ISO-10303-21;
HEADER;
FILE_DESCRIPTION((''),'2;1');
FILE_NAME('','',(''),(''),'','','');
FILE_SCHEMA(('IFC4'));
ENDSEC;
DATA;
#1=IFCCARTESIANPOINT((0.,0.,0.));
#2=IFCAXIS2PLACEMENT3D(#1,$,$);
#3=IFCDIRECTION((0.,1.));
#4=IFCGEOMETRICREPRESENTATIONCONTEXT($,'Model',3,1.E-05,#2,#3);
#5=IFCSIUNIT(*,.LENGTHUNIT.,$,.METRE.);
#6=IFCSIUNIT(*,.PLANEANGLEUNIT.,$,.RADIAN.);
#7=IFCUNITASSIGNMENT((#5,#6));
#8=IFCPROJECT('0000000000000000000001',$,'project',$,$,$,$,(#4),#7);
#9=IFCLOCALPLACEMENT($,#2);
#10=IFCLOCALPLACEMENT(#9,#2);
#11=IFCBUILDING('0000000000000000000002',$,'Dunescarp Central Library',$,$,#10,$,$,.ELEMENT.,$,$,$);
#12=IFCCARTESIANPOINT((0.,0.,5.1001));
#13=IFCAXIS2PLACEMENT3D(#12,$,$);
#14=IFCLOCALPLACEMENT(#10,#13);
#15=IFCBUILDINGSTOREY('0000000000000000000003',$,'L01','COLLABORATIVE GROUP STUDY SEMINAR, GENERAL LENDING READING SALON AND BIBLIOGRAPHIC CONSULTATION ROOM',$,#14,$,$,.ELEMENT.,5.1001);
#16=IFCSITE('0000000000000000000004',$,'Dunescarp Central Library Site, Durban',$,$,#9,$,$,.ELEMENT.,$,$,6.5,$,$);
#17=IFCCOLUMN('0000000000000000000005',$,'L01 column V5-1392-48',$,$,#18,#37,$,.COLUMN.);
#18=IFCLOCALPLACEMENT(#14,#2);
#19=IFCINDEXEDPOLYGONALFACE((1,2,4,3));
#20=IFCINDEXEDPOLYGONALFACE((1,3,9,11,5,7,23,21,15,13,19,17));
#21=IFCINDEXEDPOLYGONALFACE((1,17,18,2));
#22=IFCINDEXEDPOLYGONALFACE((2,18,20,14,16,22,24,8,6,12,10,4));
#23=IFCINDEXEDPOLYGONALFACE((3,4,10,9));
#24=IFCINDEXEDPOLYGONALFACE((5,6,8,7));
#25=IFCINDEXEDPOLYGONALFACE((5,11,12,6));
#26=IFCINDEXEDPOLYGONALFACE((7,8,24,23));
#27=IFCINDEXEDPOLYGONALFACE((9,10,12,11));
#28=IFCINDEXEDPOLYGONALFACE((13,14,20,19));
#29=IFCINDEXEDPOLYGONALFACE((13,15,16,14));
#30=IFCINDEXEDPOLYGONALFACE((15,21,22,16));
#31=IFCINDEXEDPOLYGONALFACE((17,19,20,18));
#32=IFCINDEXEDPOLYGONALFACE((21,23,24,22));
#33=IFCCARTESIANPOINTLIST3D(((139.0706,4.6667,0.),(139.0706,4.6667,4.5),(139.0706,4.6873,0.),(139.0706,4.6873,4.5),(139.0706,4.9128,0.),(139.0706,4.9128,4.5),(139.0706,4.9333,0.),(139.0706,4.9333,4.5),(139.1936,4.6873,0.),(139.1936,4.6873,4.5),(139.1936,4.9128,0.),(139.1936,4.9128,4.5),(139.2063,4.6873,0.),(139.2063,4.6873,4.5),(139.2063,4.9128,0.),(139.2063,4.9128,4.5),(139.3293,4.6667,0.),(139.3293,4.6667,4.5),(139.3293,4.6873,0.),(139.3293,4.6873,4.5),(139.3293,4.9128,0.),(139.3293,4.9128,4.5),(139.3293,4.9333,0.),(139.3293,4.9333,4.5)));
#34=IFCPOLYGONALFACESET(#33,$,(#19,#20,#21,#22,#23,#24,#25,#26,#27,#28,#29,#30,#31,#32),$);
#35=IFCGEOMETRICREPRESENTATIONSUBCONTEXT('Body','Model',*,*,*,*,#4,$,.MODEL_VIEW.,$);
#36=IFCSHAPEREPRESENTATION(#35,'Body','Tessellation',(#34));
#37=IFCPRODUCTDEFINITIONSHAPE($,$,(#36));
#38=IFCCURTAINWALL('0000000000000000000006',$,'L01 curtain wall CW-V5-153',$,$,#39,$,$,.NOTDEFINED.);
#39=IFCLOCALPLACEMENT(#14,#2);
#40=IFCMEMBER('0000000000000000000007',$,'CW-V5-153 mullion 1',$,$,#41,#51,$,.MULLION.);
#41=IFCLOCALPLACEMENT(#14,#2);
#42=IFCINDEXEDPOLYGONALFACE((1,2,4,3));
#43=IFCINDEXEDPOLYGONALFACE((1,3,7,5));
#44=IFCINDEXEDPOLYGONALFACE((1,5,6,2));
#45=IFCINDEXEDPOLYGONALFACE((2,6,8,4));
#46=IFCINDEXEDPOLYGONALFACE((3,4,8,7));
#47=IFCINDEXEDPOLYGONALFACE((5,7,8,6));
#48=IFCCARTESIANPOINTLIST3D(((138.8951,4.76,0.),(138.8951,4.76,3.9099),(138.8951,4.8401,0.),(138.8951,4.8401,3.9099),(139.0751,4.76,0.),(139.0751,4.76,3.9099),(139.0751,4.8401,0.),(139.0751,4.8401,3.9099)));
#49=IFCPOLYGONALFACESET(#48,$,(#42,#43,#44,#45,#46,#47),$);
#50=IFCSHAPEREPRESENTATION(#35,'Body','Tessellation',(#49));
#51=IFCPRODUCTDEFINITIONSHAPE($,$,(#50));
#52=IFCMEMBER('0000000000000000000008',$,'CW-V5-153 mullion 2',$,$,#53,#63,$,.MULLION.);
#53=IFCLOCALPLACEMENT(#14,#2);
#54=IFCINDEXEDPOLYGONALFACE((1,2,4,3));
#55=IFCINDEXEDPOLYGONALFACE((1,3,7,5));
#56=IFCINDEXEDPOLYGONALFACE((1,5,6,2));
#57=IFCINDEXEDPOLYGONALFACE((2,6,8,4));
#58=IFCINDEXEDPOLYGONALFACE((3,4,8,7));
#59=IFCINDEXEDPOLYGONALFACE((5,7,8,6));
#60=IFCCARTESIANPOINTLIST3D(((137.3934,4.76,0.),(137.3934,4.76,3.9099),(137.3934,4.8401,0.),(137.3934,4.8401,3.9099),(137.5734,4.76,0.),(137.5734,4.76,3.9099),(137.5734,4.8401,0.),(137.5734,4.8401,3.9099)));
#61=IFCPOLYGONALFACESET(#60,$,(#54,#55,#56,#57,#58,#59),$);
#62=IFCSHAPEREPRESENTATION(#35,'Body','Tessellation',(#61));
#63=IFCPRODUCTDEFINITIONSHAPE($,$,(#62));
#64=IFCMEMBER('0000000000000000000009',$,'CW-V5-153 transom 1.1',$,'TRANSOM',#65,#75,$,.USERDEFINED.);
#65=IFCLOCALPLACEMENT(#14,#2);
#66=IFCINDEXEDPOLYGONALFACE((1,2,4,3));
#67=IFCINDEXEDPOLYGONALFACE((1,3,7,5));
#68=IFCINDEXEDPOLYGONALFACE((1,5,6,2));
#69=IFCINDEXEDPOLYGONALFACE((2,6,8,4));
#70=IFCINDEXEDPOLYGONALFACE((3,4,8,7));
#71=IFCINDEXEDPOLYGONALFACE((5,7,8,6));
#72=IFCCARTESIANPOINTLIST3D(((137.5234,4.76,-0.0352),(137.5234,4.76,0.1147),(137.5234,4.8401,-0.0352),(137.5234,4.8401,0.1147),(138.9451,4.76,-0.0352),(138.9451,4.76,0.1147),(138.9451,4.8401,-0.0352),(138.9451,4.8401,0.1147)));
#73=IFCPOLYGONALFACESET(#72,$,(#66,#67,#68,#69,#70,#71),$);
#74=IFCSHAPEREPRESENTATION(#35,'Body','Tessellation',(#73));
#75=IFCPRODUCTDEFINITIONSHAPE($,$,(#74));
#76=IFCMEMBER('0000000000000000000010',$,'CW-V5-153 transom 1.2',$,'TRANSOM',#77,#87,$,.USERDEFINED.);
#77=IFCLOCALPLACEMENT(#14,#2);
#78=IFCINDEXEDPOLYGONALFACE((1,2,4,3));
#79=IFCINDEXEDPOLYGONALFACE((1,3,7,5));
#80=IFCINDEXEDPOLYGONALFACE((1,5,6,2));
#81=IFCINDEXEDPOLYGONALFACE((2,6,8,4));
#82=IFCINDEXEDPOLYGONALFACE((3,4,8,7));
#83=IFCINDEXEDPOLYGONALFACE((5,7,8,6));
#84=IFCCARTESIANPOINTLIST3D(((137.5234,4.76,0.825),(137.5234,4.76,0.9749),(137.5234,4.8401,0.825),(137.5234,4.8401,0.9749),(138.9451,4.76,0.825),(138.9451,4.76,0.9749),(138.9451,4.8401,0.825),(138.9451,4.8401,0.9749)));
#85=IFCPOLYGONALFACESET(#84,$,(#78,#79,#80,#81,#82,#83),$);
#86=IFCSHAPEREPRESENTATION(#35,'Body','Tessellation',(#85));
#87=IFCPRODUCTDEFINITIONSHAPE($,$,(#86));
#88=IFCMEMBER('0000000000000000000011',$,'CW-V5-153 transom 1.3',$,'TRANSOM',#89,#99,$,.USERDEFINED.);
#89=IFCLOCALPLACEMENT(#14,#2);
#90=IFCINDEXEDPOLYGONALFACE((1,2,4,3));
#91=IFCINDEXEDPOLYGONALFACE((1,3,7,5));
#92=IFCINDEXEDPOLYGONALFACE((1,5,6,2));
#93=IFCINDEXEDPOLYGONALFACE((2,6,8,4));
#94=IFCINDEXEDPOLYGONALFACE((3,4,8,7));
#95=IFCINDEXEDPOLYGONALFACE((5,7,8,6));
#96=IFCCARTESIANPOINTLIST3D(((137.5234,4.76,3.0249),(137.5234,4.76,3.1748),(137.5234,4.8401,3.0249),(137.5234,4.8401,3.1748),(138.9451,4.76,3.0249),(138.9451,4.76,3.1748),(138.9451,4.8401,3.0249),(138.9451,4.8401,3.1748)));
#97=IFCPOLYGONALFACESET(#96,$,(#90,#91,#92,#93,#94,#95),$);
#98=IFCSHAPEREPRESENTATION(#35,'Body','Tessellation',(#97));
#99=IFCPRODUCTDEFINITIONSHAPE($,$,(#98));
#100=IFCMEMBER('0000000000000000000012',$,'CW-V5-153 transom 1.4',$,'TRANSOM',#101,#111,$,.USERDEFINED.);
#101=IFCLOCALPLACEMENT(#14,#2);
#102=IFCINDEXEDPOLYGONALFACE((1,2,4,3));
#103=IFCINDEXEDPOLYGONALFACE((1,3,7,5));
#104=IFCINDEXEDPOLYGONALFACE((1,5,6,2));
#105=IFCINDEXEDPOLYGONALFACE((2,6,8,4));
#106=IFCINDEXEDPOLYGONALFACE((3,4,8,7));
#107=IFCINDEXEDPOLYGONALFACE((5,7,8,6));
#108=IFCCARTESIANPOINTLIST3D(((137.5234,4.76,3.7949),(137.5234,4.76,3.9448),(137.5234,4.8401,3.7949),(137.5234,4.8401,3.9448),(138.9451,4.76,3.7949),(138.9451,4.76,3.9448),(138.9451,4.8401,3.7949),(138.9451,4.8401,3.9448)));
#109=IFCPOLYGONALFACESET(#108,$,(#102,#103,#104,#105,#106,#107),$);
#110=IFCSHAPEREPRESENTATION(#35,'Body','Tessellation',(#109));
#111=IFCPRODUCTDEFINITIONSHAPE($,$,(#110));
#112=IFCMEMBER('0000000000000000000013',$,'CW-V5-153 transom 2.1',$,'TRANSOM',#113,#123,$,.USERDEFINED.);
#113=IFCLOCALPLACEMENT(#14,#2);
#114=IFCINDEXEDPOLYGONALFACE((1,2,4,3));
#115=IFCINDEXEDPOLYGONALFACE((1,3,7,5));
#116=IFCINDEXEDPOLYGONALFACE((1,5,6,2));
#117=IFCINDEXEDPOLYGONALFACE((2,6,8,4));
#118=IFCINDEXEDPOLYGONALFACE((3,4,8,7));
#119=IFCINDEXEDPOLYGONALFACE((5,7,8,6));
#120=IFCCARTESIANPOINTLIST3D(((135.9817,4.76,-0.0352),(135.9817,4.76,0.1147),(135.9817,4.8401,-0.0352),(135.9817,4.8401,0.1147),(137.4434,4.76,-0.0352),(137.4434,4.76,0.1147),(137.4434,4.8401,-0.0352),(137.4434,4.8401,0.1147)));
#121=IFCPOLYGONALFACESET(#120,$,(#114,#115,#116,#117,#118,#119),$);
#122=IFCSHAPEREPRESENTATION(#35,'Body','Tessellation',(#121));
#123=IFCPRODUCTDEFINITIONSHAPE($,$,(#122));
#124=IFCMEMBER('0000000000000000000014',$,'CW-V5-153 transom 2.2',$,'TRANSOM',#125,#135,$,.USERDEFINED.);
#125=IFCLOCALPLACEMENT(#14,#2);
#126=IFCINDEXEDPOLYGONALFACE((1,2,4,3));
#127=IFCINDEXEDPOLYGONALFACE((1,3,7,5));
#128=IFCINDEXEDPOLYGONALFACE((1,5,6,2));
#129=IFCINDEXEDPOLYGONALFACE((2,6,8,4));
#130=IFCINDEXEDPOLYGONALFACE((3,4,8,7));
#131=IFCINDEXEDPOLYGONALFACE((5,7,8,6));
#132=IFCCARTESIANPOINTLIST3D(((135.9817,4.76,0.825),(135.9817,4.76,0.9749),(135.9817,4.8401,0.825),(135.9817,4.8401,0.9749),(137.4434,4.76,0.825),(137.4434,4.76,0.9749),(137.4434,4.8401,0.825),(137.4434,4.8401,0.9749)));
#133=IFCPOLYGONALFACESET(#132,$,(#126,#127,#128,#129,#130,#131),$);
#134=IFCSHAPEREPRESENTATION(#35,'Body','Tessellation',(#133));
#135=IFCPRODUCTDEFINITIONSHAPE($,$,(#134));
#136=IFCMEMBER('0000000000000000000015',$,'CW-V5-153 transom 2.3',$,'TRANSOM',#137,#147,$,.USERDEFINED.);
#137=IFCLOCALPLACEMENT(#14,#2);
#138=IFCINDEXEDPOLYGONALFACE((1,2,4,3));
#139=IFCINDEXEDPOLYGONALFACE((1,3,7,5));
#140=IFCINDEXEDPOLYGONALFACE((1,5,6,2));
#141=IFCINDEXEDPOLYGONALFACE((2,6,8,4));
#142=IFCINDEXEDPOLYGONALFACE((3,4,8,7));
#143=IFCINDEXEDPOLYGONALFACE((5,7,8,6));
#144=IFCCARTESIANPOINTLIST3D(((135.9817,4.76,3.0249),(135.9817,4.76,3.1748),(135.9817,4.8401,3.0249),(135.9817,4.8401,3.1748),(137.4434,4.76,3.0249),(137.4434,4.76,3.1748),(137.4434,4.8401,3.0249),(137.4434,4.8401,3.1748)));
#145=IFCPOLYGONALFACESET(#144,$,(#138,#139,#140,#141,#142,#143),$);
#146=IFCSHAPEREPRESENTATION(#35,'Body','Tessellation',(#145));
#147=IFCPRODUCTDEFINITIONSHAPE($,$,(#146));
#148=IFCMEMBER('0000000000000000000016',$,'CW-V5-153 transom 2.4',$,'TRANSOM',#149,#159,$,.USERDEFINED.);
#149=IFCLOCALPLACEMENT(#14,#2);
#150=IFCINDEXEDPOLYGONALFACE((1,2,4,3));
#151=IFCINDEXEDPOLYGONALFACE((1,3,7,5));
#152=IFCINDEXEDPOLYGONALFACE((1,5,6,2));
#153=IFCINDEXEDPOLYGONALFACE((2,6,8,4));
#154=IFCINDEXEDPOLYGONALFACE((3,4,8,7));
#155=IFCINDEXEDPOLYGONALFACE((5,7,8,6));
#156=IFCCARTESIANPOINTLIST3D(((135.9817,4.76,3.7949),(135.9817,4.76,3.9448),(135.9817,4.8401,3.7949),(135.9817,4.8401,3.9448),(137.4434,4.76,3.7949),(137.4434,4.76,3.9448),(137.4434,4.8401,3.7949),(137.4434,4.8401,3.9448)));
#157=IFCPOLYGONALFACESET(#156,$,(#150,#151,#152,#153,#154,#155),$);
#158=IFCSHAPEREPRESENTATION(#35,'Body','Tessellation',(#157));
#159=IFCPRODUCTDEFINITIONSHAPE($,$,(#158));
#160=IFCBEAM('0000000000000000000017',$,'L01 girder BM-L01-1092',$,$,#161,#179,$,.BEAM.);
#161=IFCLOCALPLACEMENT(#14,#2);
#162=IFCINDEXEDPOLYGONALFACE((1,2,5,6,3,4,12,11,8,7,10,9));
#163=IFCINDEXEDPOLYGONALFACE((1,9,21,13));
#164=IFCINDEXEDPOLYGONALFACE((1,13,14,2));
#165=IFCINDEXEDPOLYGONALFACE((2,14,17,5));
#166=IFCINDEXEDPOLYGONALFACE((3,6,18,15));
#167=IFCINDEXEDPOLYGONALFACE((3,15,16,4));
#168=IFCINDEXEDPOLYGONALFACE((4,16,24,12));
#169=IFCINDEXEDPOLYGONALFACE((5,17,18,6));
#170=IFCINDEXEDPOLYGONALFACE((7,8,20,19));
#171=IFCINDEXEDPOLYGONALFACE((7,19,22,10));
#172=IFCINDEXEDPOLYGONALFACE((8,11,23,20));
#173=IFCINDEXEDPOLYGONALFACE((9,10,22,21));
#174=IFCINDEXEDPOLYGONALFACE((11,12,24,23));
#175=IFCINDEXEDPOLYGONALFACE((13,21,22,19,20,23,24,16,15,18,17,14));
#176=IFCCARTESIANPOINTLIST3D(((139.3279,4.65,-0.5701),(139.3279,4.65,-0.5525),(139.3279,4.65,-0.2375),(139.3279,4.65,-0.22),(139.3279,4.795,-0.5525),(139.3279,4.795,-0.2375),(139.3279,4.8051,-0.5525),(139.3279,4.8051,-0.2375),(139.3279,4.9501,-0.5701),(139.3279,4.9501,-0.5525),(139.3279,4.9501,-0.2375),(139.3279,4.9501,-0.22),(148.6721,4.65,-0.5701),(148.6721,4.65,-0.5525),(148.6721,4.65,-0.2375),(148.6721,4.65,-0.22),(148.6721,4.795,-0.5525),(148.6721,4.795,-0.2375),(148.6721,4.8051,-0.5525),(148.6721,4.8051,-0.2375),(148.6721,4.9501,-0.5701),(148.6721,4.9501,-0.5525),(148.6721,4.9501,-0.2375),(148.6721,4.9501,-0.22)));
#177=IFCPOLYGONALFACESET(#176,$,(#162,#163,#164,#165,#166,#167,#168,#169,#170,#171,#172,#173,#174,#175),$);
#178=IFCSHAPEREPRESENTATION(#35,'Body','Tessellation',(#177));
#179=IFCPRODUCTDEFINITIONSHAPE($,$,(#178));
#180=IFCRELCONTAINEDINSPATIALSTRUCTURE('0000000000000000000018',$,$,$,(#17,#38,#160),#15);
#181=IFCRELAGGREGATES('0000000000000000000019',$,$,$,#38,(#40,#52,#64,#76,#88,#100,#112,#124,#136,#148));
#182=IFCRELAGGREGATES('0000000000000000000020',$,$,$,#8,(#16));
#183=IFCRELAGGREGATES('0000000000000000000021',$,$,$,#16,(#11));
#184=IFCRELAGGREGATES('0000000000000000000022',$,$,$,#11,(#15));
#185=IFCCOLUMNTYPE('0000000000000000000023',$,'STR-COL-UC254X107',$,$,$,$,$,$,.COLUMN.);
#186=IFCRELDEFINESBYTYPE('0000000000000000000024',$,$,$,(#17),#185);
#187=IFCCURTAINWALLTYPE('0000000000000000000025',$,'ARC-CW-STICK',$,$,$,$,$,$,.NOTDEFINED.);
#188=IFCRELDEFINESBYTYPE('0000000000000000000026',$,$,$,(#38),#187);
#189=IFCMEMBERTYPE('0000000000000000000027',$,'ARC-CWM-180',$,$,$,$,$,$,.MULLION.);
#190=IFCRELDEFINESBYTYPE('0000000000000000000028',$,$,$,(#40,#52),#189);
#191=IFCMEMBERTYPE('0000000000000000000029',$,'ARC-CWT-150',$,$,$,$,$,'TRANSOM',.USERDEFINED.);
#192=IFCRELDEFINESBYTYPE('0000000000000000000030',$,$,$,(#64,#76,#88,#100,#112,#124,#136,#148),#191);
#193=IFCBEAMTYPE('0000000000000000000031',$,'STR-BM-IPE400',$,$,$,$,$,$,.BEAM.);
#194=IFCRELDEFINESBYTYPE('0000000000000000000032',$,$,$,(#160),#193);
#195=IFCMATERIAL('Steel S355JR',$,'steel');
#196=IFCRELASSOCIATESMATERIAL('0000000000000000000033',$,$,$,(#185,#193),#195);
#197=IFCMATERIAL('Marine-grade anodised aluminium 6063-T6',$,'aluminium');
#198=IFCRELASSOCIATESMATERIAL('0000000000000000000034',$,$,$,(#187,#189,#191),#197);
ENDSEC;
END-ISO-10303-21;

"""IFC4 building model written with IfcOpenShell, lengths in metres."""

from ifc_helpers import new_model, si_unit, direction, frame, origin, origin_2d, place, context, subcontext, project, spatial, rectangle, i_section, extrude, material, material_profile, profile_set, type_object, element, aggregate, save


model = new_model("IFC4")

# Units and contexts
model_context = context("Model", 3, precision=1e-05, world=origin(), true_north=direction((0.0, 1.0)))
body_context = subcontext(model_context, "Body", "Model", "MODEL_VIEW")
ifc_project = project(units=[si_unit("LENGTHUNIT", "METRE"), si_unit("PLANEANGLEUNIT", "RADIAN")], contexts=[model_context])

# Site, building, storey
site_placement = place(None, origin())
site = spatial("IfcSite", under=ifc_project, at=site_placement, Name="Dunescarp Central Library Site, Durban", CompositionType="ELEMENT", RefElevation=6.5)
building_placement = place(site_placement, origin())
building = spatial("IfcBuilding", under=site, at=building_placement, Name="Dunescarp Central Library", CompositionType="ELEMENT")
storey_placement = place(building_placement, frame((0.0, 0.0, 5.1001)))
storey = spatial("IfcBuildingStorey", under=building, at=storey_placement, Name="L01", Description="COLLABORATIVE GROUP STUDY SEMINAR, GENERAL LENDING READING SALON AND BIBLIOGRAPHIC CONSULTATION ROOM", CompositionType="ELEMENT", Elevation=5.1001)

# Column
ifc_material_1 = material(Name="Steel S355JR", Category="steel")
ifc_material_profile_1 = material_profile(ifc_material_1, i_section(OverallWidth=0.2588, OverallDepth=0.2666, WebThickness=0.0127, FlangeThickness=0.0205, at=origin_2d()), Name="UC 254x254x107")
ifc_profile_set_1 = profile_set([ifc_material_profile_1], Name="Steel S355JR")
column_type = type_object("IfcColumnType", Name="STR-COL-UC254X107", PredefinedType="COLUMN", material=ifc_profile_set_1)
column_placement = place(storey_placement, frame((139.2, 4.8, 0.0), z_axis=(0.0, 0.0, 1.0), x_axis=(1.0, 0.0, 0.0)))
element("IfcColumn", 1, at=column_placement, inside=storey, type_object=column_type, Name="L01 column V5-1392-48", PredefinedType="COLUMN", context=body_context, shape_type="SweptSolid", body=[
    extrude(i_section(OverallWidth=0.2588, OverallDepth=0.2666, WebThickness=0.0127, FlangeThickness=0.0205, at=origin_2d()), origin(), (0.0, 0.0, 1.0), 4.5),
])

# Curtain wall, members
ifc_material_2 = material(Name="Marine-grade anodised aluminium 6063-T6", Category="aluminium")
curtain_wall_type = type_object("IfcCurtainWallType", Name="ARC-CW-STICK", PredefinedType="NOTDEFINED", material=ifc_material_2)
curtain_wall_placement = place(storey_placement, origin())
curtain_wall = element("IfcCurtainWall", 2, at=curtain_wall_placement, inside=storey, type_object=curtain_wall_type, Name="L01 curtain wall CW-V5-153", PredefinedType="NOTDEFINED")
ifc_material_profile_2 = material_profile(ifc_material_2, rectangle(XDim=0.0801, YDim=0.1799, at=origin_2d()), Name="AL 80x180")
ifc_profile_set_2 = profile_set([ifc_material_profile_2], Name="Marine-grade anodised aluminium 6063-T6")
member_type_1 = type_object("IfcMemberType", Name="ARC-CWM-180", PredefinedType="MULLION", material=ifc_profile_set_2)
member_1_placement = place(storey_placement, frame((138.9851, 4.8, 0.0), z_axis=(0.0, 0.0, 1.0), x_axis=(0.0, -1.0, 0.0)))
member_1 = element("IfcMember", 3, at=member_1_placement, type_object=member_type_1, Name="CW-V5-153 mullion 1", PredefinedType="MULLION", context=body_context, shape_type="SweptSolid", body=[
    extrude(rectangle(XDim=0.0801, YDim=0.1799, at=origin_2d()), origin(), (0.0, 0.0, 1.0), 3.9099),
])
member_2_placement = place(storey_placement, frame((137.4834, 4.8, 0.0), z_axis=(0.0, 0.0, 1.0), x_axis=(0.0, -1.0, 0.0)))
member_2 = element("IfcMember", 4, at=member_2_placement, type_object=member_type_1, Name="CW-V5-153 mullion 2", PredefinedType="MULLION", context=body_context, shape_type="SweptSolid", body=[
    extrude(rectangle(XDim=0.0801, YDim=0.1799, at=origin_2d()), origin(), (0.0, 0.0, 1.0), 3.9099),
])
ifc_material_profile_3 = material_profile(ifc_material_2, rectangle(XDim=0.0801, YDim=0.1499, at=origin_2d()), Name="AL 80x150")
ifc_profile_set_3 = profile_set([ifc_material_profile_3], Name="Marine-grade anodised aluminium 6063-T6")
member_type_2 = type_object("IfcMemberType", Name="ARC-CWT-150", ElementType="TRANSOM", PredefinedType="USERDEFINED", material=ifc_profile_set_3)
member_3_placement = place(storey_placement, frame((138.9451, 4.8, 0.0398), z_axis=(-1.0, 0.0, 0.0), x_axis=(0.0, -1.0, 0.0)))
member_3 = element("IfcMember", 5, at=member_3_placement, type_object=member_type_2, Name="CW-V5-153 transom 1.1", ObjectType="TRANSOM", PredefinedType="USERDEFINED", context=body_context, shape_type="SweptSolid", body=[
    extrude(rectangle(XDim=0.0801, YDim=0.1499, at=origin_2d()), origin(), (0.0, 0.0, 1.0), 1.4216),
])
member_4_placement = place(storey_placement, frame((138.9451, 4.8, 0.8999), z_axis=(-1.0, 0.0, 0.0), x_axis=(0.0, -1.0, 0.0)))
member_4 = element("IfcMember", 6, at=member_4_placement, type_object=member_type_2, Name="CW-V5-153 transom 1.2", ObjectType="TRANSOM", PredefinedType="USERDEFINED", context=body_context, shape_type="SweptSolid", body=[
    extrude(rectangle(XDim=0.0801, YDim=0.1499, at=origin_2d()), origin(), (0.0, 0.0, 1.0), 1.4216),
])
member_5_placement = place(storey_placement, frame((138.9451, 4.8, 3.0999), z_axis=(-1.0, 0.0, 0.0), x_axis=(0.0, -1.0, 0.0)))
member_5 = element("IfcMember", 7, at=member_5_placement, type_object=member_type_2, Name="CW-V5-153 transom 1.3", ObjectType="TRANSOM", PredefinedType="USERDEFINED", context=body_context, shape_type="SweptSolid", body=[
    extrude(rectangle(XDim=0.0801, YDim=0.1499, at=origin_2d()), origin(), (0.0, 0.0, 1.0), 1.4216),
])
member_6_placement = place(storey_placement, frame((138.9451, 4.8, 3.8699), z_axis=(-1.0, 0.0, 0.0), x_axis=(0.0, -1.0, 0.0)))
member_6 = element("IfcMember", 8, at=member_6_placement, type_object=member_type_2, Name="CW-V5-153 transom 1.4", ObjectType="TRANSOM", PredefinedType="USERDEFINED", context=body_context, shape_type="SweptSolid", body=[
    extrude(rectangle(XDim=0.0801, YDim=0.1499, at=origin_2d()), origin(), (0.0, 0.0, 1.0), 1.4216),
])
member_7_placement = place(storey_placement, frame((137.4434, 4.8, 0.0398), z_axis=(-1.0, 0.0, 0.0), x_axis=(0.0, -1.0, 0.0)))
member_7 = element("IfcMember", 9, at=member_7_placement, type_object=member_type_2, Name="CW-V5-153 transom 2.1", ObjectType="TRANSOM", PredefinedType="USERDEFINED", context=body_context, shape_type="SweptSolid", body=[
    extrude(rectangle(XDim=0.0801, YDim=0.1499, at=origin_2d()), origin(), (0.0, 0.0, 1.0), 1.4617),
])
member_8_placement = place(storey_placement, frame((137.4434, 4.8, 0.8999), z_axis=(-1.0, 0.0, 0.0), x_axis=(0.0, -1.0, 0.0)))
member_8 = element("IfcMember", 10, at=member_8_placement, type_object=member_type_2, Name="CW-V5-153 transom 2.2", ObjectType="TRANSOM", PredefinedType="USERDEFINED", context=body_context, shape_type="SweptSolid", body=[
    extrude(rectangle(XDim=0.0801, YDim=0.1499, at=origin_2d()), origin(), (0.0, 0.0, 1.0), 1.4617),
])
member_9_placement = place(storey_placement, frame((137.4434, 4.8, 3.0999), z_axis=(-1.0, 0.0, 0.0), x_axis=(0.0, -1.0, 0.0)))
member_9 = element("IfcMember", 11, at=member_9_placement, type_object=member_type_2, Name="CW-V5-153 transom 2.3", ObjectType="TRANSOM", PredefinedType="USERDEFINED", context=body_context, shape_type="SweptSolid", body=[
    extrude(rectangle(XDim=0.0801, YDim=0.1499, at=origin_2d()), origin(), (0.0, 0.0, 1.0), 1.4617),
])
member_10_placement = place(storey_placement, frame((137.4434, 4.8, 3.8699), z_axis=(-1.0, 0.0, 0.0), x_axis=(0.0, -1.0, 0.0)))
member_10 = element("IfcMember", 12, at=member_10_placement, type_object=member_type_2, Name="CW-V5-153 transom 2.4", ObjectType="TRANSOM", PredefinedType="USERDEFINED", context=body_context, shape_type="SweptSolid", body=[
    extrude(rectangle(XDim=0.0801, YDim=0.1499, at=origin_2d()), origin(), (0.0, 0.0, 1.0), 1.4617),
])

# Beam
ifc_material_profile_4 = material_profile(ifc_material_1, i_section(OverallWidth=0.3, OverallDepth=0.3501, WebThickness=0.01, FlangeThickness=0.0176, at=origin_2d()), Name="HEA 360")
ifc_profile_set_4 = profile_set([ifc_material_profile_4], Name="Steel S355JR")
beam_type_1 = type_object("IfcBeamType", Name="STR-BM-IPE400", PredefinedType="BEAM", material=ifc_profile_set_4)
beam_1_placement = place(storey_placement, frame((139.3279, 4.8, -0.395), z_axis=(1.0, 0.0, 0.0), x_axis=(0.0, 1.0, 0.0)))
element("IfcBeam", 13, at=beam_1_placement, inside=storey, type_object=beam_type_1, Name="L01 girder BM-L01-1092", PredefinedType="BEAM", context=body_context, shape_type="SweptSolid", body=[
    extrude(i_section(OverallWidth=0.3, OverallDepth=0.3501, WebThickness=0.01, FlangeThickness=0.0176, at=origin_2d()), origin(), (0.0, 0.0, 1.0), 9.3442),
])

aggregate(curtain_wall, [member_1, member_2, member_3, member_4, member_5, member_6, member_7, member_8, member_9, member_10])

save(model, "model.ifc")
